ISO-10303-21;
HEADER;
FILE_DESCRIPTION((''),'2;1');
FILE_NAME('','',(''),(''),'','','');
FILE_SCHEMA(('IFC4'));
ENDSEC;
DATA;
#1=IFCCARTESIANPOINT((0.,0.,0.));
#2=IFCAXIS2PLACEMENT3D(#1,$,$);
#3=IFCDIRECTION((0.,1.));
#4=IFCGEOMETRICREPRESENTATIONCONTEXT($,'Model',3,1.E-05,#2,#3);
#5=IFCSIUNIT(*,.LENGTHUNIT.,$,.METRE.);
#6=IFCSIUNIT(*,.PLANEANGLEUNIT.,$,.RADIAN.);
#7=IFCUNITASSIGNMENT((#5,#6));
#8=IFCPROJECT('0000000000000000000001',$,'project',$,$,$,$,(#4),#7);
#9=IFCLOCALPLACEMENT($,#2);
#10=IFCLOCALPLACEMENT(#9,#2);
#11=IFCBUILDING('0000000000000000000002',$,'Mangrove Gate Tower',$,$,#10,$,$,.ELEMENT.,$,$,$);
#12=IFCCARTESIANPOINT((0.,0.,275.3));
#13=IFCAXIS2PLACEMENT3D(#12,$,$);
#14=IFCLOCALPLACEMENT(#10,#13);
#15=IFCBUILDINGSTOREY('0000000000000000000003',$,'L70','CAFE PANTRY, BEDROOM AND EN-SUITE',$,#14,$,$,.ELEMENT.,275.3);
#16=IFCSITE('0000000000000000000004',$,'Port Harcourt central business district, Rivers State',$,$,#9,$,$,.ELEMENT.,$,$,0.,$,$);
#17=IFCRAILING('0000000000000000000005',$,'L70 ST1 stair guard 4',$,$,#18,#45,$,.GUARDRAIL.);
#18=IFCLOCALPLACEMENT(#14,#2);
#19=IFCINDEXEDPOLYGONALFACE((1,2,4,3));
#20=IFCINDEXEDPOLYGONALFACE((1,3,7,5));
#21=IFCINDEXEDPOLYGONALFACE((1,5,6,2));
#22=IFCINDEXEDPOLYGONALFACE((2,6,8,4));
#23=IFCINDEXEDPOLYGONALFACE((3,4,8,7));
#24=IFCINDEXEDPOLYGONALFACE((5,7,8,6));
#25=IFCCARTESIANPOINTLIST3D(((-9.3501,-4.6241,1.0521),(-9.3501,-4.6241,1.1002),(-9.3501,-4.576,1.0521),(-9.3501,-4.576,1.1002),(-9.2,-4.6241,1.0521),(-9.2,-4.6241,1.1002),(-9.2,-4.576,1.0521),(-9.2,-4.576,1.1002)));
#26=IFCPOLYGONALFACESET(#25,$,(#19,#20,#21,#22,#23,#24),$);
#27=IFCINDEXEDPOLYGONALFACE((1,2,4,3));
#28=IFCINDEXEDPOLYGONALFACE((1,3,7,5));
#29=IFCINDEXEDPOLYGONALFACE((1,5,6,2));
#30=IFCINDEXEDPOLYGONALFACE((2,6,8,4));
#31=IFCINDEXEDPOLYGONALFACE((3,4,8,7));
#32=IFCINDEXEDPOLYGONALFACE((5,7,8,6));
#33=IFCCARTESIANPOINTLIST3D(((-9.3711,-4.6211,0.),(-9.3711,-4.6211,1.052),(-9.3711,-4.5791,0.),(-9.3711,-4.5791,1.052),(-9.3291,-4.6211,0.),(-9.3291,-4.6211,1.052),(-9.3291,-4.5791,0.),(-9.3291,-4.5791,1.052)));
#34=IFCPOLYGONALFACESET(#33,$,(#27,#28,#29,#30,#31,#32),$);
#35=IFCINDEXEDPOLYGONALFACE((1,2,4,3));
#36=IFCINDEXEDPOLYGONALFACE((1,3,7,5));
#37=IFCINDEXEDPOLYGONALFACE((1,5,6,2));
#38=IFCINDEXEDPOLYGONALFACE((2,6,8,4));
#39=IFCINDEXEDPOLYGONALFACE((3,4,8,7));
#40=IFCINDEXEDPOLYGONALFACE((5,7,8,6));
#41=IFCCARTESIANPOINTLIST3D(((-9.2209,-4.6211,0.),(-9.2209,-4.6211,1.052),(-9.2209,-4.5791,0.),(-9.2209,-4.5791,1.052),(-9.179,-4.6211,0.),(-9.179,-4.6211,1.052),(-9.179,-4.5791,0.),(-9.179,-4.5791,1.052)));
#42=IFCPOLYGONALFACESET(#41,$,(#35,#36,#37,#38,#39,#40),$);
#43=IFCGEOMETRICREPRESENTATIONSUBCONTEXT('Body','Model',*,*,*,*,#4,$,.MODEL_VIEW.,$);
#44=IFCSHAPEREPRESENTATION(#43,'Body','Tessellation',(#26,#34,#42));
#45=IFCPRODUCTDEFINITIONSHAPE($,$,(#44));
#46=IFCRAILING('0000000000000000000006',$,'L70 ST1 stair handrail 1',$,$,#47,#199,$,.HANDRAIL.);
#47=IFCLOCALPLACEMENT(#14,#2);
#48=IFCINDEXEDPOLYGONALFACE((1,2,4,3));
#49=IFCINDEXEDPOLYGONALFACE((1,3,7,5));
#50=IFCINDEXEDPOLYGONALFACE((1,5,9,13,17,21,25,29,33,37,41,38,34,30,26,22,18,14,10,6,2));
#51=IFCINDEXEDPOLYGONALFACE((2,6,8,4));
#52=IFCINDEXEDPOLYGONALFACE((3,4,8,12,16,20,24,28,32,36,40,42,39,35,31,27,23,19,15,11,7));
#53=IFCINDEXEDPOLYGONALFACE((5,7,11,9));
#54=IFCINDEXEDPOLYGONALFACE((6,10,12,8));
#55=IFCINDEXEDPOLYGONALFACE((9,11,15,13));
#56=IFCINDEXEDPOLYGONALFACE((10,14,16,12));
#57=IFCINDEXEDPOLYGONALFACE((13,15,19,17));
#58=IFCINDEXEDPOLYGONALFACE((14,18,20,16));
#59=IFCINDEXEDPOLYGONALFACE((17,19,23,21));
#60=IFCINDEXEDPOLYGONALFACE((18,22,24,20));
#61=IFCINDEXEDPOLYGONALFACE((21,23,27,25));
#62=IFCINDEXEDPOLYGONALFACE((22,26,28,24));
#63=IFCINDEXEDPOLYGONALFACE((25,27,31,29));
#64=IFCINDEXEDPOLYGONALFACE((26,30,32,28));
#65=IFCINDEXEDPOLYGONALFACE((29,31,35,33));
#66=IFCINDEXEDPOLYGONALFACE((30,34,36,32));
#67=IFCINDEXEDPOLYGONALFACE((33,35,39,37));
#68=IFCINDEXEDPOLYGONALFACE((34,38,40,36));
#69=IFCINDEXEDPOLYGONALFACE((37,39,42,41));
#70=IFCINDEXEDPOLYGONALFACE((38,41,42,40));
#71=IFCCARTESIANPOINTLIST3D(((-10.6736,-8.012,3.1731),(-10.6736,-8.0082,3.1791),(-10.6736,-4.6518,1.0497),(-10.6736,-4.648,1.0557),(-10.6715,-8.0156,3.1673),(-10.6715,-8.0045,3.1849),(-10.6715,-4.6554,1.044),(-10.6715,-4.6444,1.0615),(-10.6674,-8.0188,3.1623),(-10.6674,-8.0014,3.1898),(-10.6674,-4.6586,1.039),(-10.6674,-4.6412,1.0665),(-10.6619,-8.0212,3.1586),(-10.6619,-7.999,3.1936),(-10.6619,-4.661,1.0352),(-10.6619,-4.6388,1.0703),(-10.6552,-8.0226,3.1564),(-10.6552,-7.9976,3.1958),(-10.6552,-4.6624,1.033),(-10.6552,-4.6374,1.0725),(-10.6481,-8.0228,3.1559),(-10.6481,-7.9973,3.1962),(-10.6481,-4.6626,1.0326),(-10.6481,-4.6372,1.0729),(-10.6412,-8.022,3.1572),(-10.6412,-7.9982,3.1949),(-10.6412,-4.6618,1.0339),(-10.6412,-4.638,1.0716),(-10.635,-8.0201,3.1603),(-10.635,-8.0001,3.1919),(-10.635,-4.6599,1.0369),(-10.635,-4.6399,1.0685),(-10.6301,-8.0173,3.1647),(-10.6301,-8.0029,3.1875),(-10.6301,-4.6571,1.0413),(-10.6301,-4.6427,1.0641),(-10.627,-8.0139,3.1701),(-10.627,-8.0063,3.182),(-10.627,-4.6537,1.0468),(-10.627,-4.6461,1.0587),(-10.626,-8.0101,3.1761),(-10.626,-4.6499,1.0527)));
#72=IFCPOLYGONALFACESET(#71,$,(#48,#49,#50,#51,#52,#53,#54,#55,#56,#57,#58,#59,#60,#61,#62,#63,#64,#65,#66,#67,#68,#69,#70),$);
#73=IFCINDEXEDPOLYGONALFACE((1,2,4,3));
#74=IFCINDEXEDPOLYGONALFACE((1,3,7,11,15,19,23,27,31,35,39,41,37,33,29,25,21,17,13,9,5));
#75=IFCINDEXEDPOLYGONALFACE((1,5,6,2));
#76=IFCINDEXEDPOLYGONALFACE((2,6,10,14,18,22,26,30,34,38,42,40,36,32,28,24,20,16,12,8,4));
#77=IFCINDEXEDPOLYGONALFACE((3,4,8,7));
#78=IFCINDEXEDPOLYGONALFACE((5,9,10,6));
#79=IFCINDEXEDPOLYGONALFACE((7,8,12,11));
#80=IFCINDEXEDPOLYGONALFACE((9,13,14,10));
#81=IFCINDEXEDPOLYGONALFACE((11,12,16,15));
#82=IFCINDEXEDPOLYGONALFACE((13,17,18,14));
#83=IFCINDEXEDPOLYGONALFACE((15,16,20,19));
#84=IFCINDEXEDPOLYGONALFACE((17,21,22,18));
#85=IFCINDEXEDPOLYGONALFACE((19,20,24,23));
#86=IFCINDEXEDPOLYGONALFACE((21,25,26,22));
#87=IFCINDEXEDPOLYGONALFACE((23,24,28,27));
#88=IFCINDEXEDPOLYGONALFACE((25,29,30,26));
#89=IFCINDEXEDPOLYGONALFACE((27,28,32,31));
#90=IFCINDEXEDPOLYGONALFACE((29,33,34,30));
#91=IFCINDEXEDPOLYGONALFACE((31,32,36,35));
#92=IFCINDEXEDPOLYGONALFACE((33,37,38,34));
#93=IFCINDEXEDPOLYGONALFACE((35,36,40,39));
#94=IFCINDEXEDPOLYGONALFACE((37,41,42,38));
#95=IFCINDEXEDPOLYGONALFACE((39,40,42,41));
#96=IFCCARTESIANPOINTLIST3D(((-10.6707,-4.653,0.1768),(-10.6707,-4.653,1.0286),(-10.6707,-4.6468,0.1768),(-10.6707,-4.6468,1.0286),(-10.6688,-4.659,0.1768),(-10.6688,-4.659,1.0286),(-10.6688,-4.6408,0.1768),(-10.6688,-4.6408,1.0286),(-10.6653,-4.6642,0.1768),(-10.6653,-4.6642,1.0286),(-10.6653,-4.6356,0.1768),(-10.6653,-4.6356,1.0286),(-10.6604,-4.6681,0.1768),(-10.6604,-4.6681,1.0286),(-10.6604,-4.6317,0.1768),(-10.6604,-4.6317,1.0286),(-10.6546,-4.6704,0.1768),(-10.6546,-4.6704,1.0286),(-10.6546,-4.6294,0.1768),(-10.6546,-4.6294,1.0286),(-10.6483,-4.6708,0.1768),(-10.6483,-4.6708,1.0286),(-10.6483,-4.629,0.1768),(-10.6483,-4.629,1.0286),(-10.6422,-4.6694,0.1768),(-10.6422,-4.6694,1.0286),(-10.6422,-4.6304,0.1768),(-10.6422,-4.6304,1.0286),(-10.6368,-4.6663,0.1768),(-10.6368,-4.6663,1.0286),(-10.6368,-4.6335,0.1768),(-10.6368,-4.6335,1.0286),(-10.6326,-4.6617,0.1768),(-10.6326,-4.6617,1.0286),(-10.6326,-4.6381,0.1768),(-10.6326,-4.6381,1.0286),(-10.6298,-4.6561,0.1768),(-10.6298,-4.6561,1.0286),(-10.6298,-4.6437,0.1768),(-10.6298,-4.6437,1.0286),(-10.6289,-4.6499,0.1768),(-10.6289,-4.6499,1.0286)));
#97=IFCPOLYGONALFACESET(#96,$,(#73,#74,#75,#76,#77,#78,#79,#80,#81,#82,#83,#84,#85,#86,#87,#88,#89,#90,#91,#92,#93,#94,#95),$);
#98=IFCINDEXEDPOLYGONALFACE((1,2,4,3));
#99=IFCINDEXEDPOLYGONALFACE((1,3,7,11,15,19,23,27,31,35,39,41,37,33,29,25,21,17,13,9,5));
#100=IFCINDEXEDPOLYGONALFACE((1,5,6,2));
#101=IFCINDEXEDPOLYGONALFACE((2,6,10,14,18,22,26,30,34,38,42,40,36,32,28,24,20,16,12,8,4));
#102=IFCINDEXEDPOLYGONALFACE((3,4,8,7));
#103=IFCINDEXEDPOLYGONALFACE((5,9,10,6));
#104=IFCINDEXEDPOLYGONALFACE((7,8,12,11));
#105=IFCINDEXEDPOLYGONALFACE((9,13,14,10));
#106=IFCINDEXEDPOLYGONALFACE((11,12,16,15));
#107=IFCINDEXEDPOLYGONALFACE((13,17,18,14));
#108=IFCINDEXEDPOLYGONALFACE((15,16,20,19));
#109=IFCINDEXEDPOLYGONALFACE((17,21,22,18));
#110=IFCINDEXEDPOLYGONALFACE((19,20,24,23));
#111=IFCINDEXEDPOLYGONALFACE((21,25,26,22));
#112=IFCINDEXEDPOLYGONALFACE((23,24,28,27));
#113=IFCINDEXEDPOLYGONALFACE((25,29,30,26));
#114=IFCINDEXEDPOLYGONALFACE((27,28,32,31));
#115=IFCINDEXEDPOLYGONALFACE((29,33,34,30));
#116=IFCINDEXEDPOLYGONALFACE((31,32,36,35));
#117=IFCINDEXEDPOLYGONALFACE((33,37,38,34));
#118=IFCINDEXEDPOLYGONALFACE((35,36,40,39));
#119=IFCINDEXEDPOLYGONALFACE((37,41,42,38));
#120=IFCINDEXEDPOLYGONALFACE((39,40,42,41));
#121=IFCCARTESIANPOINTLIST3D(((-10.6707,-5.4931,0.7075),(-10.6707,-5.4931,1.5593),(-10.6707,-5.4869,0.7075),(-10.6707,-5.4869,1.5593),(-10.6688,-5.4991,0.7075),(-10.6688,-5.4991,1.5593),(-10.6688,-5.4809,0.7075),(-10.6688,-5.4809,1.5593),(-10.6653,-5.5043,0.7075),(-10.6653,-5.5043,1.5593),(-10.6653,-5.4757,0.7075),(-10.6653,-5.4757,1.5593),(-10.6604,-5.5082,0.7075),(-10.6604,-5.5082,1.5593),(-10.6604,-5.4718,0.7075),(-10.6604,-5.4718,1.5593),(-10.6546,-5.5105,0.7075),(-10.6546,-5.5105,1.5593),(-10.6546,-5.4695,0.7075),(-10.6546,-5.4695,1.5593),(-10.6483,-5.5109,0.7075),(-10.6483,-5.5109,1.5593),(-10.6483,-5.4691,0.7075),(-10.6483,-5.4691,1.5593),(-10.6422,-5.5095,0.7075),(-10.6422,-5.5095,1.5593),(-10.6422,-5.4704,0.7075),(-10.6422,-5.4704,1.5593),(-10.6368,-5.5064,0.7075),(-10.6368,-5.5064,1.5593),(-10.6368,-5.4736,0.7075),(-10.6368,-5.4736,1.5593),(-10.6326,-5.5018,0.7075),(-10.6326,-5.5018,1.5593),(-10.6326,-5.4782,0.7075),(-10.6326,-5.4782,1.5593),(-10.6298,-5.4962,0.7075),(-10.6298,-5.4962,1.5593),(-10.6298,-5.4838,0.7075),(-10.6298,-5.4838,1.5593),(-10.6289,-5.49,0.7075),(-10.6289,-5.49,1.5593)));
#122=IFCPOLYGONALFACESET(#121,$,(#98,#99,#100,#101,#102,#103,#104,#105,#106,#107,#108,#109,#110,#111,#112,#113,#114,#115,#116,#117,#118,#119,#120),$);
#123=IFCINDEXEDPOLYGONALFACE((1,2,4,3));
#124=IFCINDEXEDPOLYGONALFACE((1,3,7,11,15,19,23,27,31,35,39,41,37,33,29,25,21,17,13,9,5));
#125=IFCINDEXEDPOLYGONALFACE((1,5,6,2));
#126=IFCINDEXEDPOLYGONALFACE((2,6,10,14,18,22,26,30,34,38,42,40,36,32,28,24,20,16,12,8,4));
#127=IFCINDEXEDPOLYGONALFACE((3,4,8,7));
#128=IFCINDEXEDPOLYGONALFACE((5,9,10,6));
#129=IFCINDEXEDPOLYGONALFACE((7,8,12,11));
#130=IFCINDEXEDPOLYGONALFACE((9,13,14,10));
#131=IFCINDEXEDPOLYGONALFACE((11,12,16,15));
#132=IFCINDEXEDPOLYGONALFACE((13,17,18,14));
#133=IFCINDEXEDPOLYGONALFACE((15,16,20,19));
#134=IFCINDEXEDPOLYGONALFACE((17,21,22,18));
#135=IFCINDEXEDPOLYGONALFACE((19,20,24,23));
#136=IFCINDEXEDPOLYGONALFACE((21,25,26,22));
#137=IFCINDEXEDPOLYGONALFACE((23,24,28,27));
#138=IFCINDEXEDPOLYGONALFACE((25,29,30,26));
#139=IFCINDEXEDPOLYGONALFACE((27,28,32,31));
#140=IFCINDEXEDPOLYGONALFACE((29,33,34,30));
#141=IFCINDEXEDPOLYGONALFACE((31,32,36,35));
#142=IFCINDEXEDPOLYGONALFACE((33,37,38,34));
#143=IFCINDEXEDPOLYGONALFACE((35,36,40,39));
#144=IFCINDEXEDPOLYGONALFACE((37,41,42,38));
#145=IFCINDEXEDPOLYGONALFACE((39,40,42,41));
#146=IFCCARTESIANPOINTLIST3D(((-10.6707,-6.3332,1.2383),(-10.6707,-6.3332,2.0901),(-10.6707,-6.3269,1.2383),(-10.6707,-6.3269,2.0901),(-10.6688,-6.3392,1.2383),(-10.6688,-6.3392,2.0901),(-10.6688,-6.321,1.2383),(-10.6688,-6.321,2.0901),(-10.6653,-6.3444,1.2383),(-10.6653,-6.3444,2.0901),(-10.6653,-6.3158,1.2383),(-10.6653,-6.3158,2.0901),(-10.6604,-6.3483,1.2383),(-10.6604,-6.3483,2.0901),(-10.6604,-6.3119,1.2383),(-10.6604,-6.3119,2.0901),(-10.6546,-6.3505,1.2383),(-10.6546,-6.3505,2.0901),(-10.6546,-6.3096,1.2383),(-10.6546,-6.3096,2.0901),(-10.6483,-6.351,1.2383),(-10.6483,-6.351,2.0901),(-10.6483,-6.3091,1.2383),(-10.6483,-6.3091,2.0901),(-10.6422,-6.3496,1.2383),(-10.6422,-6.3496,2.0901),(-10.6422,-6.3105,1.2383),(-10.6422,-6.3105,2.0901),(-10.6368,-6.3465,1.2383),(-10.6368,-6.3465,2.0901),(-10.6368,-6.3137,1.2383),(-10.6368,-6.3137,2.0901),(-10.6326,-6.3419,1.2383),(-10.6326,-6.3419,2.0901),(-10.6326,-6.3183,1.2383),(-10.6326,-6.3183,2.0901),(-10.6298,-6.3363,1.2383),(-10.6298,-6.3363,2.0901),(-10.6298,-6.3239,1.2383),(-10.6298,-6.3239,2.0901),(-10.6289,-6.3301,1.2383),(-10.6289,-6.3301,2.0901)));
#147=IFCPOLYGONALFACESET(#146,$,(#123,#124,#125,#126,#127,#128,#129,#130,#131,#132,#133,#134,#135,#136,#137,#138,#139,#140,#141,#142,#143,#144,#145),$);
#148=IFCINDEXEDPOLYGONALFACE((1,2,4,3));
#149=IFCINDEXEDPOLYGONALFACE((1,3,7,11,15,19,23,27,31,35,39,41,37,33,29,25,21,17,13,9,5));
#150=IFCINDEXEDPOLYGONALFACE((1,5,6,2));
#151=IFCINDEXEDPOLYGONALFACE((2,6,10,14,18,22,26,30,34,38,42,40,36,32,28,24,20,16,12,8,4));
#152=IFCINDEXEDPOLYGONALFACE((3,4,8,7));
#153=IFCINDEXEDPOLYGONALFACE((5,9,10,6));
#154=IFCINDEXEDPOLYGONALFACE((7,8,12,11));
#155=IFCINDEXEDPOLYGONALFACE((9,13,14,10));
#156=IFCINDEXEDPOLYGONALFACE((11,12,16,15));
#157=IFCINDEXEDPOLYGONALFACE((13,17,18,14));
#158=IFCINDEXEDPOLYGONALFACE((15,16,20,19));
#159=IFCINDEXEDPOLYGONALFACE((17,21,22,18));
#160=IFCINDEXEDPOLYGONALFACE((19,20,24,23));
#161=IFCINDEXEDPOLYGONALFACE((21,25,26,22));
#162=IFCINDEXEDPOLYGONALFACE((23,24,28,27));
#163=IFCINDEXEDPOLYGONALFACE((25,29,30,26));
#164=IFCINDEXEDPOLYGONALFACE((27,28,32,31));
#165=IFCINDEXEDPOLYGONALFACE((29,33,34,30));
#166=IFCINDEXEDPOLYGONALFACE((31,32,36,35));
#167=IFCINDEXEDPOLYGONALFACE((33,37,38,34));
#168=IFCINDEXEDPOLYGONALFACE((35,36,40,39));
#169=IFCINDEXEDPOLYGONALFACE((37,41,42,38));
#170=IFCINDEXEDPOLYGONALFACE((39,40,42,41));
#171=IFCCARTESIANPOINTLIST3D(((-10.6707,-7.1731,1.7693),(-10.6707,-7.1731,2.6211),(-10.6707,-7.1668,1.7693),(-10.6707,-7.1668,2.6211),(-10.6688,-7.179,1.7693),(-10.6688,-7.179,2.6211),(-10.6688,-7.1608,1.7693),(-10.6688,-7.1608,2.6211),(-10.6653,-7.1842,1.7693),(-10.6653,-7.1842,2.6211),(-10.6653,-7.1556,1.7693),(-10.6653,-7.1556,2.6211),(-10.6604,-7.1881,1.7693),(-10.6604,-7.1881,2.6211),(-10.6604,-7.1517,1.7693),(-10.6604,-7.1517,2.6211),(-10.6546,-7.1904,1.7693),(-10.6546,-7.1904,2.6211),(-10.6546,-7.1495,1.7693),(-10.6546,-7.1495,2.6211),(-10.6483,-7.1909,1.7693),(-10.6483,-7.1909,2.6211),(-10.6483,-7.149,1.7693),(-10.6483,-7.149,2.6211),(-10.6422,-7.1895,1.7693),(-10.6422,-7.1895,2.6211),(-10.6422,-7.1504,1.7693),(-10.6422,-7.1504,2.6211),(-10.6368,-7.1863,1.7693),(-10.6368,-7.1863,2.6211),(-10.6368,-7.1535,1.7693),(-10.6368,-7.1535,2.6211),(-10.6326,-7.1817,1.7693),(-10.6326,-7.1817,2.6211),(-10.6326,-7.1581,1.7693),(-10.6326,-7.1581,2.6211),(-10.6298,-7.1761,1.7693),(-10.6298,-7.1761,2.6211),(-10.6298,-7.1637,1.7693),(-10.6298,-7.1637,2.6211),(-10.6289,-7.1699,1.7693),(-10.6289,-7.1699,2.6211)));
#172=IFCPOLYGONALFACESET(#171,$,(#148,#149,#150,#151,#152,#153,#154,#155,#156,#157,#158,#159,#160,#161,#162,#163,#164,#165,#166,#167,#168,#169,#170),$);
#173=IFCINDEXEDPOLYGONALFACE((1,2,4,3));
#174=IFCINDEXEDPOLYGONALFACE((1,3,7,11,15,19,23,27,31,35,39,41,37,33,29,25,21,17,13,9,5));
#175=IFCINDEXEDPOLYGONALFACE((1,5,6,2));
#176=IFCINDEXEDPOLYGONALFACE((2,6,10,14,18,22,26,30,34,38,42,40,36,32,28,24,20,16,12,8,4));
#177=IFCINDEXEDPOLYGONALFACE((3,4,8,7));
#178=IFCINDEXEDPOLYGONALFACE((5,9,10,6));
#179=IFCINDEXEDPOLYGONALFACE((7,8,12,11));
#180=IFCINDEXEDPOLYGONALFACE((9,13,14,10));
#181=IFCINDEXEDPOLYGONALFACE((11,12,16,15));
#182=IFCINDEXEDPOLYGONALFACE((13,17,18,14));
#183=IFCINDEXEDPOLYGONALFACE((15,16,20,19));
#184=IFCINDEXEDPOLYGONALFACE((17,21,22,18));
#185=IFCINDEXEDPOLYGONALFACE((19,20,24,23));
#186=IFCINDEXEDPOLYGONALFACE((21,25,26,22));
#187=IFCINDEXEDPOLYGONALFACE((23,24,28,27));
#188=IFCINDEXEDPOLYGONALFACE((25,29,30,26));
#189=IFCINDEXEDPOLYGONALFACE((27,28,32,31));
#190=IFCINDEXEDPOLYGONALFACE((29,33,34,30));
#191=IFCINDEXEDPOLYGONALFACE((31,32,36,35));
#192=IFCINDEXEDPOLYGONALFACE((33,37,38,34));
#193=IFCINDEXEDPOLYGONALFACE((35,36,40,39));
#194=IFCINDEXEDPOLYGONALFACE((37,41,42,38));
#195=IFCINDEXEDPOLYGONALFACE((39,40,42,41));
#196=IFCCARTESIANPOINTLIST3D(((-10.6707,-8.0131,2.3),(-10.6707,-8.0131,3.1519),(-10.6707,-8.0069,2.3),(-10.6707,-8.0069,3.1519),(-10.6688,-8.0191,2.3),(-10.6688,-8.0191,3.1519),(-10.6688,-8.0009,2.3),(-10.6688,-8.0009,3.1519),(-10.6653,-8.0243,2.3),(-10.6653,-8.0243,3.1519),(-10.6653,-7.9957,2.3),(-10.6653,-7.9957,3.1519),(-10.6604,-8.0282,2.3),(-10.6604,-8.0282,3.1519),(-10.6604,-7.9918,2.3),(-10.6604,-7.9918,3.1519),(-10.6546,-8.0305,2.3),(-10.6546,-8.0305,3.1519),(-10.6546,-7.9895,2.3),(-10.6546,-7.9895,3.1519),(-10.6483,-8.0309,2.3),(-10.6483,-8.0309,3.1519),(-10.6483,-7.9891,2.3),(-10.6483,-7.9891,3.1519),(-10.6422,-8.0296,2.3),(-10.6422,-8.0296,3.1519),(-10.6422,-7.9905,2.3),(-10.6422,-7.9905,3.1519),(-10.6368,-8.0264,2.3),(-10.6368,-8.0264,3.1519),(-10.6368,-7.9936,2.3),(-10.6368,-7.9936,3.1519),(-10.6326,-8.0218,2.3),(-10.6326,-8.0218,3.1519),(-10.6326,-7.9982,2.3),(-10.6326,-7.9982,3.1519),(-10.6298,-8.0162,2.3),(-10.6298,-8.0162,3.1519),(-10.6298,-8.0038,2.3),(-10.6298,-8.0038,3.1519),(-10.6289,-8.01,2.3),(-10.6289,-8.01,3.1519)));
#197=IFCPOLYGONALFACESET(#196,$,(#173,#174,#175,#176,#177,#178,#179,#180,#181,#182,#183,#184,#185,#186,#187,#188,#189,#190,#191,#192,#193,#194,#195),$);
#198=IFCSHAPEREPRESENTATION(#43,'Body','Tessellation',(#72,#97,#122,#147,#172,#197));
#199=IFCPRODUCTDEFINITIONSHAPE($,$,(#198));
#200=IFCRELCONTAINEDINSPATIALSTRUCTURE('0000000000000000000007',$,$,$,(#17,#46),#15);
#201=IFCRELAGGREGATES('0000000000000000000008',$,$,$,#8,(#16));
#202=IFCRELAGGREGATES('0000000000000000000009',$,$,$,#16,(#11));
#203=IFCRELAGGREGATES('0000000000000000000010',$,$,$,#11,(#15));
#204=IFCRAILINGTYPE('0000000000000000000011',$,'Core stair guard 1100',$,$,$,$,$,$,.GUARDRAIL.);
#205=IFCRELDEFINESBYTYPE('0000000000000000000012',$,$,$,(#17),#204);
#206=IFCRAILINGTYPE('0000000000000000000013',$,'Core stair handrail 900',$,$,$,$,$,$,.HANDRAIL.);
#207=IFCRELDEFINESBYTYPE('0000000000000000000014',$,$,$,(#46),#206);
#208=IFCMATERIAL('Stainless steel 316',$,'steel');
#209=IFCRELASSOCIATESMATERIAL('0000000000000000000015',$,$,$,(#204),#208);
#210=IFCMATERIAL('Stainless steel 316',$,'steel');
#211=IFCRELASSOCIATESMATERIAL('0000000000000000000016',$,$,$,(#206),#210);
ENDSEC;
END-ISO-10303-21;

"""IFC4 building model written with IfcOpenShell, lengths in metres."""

from ifc_helpers import new_model, si_unit, direction, frame, origin, origin_2d, place, context, subcontext, project, spatial, rectangle, circle, extrude, material, type_object, element, save


model = new_model("IFC4")

# Units and contexts
model_context = context("Model", 3, precision=1e-05, world=origin(), true_north=direction((0.0, 1.0)))
body_context = subcontext(model_context, "Body", "Model", "MODEL_VIEW")
ifc_project = project(units=[si_unit("LENGTHUNIT", "METRE"), si_unit("PLANEANGLEUNIT", "RADIAN")], contexts=[model_context])

# Site, building, storey
site_placement = place(None, origin())
site = spatial("IfcSite", under=ifc_project, at=site_placement, Name="Port Harcourt central business district, Rivers State", CompositionType="ELEMENT", RefElevation=0.0)
building_placement = place(site_placement, origin())
building = spatial("IfcBuilding", under=site, at=building_placement, Name="Mangrove Gate Tower", CompositionType="ELEMENT")
storey_placement = place(building_placement, frame((0.0, 0.0, 275.3)))
storey = spatial("IfcBuildingStorey", under=building, at=storey_placement, Name="L70", Description="CAFE PANTRY, BEDROOM AND EN-SUITE", CompositionType="ELEMENT", Elevation=275.3)

# Railings
ifc_material_1 = material(Name="Stainless steel 316", Category="steel")
railing_type_1 = type_object("IfcRailingType", Name="Core stair guard 1100", PredefinedType="GUARDRAIL", material=ifc_material_1)
for number, where, name in (
    (1, (-9.3501, -4.6001, 0.0), "L70 ST1 stair guard 4"),
):
    element("IfcRailing", number, at=place(storey_placement, frame(where)), inside=storey, type_object=railing_type_1, Name=name, PredefinedType="GUARDRAIL", context=body_context, shape_type="SweptSolid", body=[
        extrude(rectangle(XDim=0.0481, YDim=0.0481, at=origin_2d()), frame((0.0, 0.0, 1.0762), z_axis=(1.0, 0.0, 0.0), x_axis=(0.0, 1.0, 0.0)), (0.0, 0.0, 1.0), 0.1501),
        extrude(rectangle(XDim=0.042, YDim=0.042, at=origin_2d()), origin(), (0.0, 0.0, 1.0), 1.052),
        extrude(rectangle(XDim=0.042, YDim=0.042, at=origin_2d()), frame((0.1501, 0.0, 0.0)), (0.0, 0.0, 1.0), 1.052),
    ])
ifc_material_2 = material(Name="Stainless steel 316", Category="steel")
railing_type_2 = type_object("IfcRailingType", Name="Core stair handrail 900", PredefinedType="HANDRAIL", material=ifc_material_2)
railing_1_placement = place(storey_placement, frame((-10.6499, -4.6499, 0.1768)))
element("IfcRailing", 2, at=railing_1_placement, inside=storey, type_object=railing_type_2, Name="L70 ST1 stair handrail 1", PredefinedType="HANDRAIL", context=body_context, shape_type="SweptSolid", body=[
    extrude(circle(Radius=0.0239, at=origin_2d()), frame((0.0, 0.0, 0.876), z_axis=(0.0, -0.845362, 0.534194), x_axis=(1.0, 0.0, 0.0)), (0.0, 0.0, 1.0), 3.9749),
    extrude(circle(Radius=0.021, at=origin_2d()), origin(), (0.0, 0.0, 1.0), 0.8518),
    extrude(circle(Radius=0.021, at=origin_2d()), frame((0.0, -0.8401, 0.5308)), (0.0, 0.0, 1.0), 0.8518),
    extrude(circle(Radius=0.021, at=origin_2d()), frame((0.0, -1.6802, 1.0615)), (0.0, 0.0, 1.0), 0.8518),
    extrude(circle(Radius=0.021, at=origin_2d()), frame((0.0, -2.52, 1.5925)), (0.0, 0.0, 1.0), 0.8518),
    extrude(circle(Radius=0.021, at=origin_2d()), frame((0.0, -3.3601, 2.1233)), (0.0, 0.0, 1.0), 0.8518),
])

save(model, "model.ifc")
